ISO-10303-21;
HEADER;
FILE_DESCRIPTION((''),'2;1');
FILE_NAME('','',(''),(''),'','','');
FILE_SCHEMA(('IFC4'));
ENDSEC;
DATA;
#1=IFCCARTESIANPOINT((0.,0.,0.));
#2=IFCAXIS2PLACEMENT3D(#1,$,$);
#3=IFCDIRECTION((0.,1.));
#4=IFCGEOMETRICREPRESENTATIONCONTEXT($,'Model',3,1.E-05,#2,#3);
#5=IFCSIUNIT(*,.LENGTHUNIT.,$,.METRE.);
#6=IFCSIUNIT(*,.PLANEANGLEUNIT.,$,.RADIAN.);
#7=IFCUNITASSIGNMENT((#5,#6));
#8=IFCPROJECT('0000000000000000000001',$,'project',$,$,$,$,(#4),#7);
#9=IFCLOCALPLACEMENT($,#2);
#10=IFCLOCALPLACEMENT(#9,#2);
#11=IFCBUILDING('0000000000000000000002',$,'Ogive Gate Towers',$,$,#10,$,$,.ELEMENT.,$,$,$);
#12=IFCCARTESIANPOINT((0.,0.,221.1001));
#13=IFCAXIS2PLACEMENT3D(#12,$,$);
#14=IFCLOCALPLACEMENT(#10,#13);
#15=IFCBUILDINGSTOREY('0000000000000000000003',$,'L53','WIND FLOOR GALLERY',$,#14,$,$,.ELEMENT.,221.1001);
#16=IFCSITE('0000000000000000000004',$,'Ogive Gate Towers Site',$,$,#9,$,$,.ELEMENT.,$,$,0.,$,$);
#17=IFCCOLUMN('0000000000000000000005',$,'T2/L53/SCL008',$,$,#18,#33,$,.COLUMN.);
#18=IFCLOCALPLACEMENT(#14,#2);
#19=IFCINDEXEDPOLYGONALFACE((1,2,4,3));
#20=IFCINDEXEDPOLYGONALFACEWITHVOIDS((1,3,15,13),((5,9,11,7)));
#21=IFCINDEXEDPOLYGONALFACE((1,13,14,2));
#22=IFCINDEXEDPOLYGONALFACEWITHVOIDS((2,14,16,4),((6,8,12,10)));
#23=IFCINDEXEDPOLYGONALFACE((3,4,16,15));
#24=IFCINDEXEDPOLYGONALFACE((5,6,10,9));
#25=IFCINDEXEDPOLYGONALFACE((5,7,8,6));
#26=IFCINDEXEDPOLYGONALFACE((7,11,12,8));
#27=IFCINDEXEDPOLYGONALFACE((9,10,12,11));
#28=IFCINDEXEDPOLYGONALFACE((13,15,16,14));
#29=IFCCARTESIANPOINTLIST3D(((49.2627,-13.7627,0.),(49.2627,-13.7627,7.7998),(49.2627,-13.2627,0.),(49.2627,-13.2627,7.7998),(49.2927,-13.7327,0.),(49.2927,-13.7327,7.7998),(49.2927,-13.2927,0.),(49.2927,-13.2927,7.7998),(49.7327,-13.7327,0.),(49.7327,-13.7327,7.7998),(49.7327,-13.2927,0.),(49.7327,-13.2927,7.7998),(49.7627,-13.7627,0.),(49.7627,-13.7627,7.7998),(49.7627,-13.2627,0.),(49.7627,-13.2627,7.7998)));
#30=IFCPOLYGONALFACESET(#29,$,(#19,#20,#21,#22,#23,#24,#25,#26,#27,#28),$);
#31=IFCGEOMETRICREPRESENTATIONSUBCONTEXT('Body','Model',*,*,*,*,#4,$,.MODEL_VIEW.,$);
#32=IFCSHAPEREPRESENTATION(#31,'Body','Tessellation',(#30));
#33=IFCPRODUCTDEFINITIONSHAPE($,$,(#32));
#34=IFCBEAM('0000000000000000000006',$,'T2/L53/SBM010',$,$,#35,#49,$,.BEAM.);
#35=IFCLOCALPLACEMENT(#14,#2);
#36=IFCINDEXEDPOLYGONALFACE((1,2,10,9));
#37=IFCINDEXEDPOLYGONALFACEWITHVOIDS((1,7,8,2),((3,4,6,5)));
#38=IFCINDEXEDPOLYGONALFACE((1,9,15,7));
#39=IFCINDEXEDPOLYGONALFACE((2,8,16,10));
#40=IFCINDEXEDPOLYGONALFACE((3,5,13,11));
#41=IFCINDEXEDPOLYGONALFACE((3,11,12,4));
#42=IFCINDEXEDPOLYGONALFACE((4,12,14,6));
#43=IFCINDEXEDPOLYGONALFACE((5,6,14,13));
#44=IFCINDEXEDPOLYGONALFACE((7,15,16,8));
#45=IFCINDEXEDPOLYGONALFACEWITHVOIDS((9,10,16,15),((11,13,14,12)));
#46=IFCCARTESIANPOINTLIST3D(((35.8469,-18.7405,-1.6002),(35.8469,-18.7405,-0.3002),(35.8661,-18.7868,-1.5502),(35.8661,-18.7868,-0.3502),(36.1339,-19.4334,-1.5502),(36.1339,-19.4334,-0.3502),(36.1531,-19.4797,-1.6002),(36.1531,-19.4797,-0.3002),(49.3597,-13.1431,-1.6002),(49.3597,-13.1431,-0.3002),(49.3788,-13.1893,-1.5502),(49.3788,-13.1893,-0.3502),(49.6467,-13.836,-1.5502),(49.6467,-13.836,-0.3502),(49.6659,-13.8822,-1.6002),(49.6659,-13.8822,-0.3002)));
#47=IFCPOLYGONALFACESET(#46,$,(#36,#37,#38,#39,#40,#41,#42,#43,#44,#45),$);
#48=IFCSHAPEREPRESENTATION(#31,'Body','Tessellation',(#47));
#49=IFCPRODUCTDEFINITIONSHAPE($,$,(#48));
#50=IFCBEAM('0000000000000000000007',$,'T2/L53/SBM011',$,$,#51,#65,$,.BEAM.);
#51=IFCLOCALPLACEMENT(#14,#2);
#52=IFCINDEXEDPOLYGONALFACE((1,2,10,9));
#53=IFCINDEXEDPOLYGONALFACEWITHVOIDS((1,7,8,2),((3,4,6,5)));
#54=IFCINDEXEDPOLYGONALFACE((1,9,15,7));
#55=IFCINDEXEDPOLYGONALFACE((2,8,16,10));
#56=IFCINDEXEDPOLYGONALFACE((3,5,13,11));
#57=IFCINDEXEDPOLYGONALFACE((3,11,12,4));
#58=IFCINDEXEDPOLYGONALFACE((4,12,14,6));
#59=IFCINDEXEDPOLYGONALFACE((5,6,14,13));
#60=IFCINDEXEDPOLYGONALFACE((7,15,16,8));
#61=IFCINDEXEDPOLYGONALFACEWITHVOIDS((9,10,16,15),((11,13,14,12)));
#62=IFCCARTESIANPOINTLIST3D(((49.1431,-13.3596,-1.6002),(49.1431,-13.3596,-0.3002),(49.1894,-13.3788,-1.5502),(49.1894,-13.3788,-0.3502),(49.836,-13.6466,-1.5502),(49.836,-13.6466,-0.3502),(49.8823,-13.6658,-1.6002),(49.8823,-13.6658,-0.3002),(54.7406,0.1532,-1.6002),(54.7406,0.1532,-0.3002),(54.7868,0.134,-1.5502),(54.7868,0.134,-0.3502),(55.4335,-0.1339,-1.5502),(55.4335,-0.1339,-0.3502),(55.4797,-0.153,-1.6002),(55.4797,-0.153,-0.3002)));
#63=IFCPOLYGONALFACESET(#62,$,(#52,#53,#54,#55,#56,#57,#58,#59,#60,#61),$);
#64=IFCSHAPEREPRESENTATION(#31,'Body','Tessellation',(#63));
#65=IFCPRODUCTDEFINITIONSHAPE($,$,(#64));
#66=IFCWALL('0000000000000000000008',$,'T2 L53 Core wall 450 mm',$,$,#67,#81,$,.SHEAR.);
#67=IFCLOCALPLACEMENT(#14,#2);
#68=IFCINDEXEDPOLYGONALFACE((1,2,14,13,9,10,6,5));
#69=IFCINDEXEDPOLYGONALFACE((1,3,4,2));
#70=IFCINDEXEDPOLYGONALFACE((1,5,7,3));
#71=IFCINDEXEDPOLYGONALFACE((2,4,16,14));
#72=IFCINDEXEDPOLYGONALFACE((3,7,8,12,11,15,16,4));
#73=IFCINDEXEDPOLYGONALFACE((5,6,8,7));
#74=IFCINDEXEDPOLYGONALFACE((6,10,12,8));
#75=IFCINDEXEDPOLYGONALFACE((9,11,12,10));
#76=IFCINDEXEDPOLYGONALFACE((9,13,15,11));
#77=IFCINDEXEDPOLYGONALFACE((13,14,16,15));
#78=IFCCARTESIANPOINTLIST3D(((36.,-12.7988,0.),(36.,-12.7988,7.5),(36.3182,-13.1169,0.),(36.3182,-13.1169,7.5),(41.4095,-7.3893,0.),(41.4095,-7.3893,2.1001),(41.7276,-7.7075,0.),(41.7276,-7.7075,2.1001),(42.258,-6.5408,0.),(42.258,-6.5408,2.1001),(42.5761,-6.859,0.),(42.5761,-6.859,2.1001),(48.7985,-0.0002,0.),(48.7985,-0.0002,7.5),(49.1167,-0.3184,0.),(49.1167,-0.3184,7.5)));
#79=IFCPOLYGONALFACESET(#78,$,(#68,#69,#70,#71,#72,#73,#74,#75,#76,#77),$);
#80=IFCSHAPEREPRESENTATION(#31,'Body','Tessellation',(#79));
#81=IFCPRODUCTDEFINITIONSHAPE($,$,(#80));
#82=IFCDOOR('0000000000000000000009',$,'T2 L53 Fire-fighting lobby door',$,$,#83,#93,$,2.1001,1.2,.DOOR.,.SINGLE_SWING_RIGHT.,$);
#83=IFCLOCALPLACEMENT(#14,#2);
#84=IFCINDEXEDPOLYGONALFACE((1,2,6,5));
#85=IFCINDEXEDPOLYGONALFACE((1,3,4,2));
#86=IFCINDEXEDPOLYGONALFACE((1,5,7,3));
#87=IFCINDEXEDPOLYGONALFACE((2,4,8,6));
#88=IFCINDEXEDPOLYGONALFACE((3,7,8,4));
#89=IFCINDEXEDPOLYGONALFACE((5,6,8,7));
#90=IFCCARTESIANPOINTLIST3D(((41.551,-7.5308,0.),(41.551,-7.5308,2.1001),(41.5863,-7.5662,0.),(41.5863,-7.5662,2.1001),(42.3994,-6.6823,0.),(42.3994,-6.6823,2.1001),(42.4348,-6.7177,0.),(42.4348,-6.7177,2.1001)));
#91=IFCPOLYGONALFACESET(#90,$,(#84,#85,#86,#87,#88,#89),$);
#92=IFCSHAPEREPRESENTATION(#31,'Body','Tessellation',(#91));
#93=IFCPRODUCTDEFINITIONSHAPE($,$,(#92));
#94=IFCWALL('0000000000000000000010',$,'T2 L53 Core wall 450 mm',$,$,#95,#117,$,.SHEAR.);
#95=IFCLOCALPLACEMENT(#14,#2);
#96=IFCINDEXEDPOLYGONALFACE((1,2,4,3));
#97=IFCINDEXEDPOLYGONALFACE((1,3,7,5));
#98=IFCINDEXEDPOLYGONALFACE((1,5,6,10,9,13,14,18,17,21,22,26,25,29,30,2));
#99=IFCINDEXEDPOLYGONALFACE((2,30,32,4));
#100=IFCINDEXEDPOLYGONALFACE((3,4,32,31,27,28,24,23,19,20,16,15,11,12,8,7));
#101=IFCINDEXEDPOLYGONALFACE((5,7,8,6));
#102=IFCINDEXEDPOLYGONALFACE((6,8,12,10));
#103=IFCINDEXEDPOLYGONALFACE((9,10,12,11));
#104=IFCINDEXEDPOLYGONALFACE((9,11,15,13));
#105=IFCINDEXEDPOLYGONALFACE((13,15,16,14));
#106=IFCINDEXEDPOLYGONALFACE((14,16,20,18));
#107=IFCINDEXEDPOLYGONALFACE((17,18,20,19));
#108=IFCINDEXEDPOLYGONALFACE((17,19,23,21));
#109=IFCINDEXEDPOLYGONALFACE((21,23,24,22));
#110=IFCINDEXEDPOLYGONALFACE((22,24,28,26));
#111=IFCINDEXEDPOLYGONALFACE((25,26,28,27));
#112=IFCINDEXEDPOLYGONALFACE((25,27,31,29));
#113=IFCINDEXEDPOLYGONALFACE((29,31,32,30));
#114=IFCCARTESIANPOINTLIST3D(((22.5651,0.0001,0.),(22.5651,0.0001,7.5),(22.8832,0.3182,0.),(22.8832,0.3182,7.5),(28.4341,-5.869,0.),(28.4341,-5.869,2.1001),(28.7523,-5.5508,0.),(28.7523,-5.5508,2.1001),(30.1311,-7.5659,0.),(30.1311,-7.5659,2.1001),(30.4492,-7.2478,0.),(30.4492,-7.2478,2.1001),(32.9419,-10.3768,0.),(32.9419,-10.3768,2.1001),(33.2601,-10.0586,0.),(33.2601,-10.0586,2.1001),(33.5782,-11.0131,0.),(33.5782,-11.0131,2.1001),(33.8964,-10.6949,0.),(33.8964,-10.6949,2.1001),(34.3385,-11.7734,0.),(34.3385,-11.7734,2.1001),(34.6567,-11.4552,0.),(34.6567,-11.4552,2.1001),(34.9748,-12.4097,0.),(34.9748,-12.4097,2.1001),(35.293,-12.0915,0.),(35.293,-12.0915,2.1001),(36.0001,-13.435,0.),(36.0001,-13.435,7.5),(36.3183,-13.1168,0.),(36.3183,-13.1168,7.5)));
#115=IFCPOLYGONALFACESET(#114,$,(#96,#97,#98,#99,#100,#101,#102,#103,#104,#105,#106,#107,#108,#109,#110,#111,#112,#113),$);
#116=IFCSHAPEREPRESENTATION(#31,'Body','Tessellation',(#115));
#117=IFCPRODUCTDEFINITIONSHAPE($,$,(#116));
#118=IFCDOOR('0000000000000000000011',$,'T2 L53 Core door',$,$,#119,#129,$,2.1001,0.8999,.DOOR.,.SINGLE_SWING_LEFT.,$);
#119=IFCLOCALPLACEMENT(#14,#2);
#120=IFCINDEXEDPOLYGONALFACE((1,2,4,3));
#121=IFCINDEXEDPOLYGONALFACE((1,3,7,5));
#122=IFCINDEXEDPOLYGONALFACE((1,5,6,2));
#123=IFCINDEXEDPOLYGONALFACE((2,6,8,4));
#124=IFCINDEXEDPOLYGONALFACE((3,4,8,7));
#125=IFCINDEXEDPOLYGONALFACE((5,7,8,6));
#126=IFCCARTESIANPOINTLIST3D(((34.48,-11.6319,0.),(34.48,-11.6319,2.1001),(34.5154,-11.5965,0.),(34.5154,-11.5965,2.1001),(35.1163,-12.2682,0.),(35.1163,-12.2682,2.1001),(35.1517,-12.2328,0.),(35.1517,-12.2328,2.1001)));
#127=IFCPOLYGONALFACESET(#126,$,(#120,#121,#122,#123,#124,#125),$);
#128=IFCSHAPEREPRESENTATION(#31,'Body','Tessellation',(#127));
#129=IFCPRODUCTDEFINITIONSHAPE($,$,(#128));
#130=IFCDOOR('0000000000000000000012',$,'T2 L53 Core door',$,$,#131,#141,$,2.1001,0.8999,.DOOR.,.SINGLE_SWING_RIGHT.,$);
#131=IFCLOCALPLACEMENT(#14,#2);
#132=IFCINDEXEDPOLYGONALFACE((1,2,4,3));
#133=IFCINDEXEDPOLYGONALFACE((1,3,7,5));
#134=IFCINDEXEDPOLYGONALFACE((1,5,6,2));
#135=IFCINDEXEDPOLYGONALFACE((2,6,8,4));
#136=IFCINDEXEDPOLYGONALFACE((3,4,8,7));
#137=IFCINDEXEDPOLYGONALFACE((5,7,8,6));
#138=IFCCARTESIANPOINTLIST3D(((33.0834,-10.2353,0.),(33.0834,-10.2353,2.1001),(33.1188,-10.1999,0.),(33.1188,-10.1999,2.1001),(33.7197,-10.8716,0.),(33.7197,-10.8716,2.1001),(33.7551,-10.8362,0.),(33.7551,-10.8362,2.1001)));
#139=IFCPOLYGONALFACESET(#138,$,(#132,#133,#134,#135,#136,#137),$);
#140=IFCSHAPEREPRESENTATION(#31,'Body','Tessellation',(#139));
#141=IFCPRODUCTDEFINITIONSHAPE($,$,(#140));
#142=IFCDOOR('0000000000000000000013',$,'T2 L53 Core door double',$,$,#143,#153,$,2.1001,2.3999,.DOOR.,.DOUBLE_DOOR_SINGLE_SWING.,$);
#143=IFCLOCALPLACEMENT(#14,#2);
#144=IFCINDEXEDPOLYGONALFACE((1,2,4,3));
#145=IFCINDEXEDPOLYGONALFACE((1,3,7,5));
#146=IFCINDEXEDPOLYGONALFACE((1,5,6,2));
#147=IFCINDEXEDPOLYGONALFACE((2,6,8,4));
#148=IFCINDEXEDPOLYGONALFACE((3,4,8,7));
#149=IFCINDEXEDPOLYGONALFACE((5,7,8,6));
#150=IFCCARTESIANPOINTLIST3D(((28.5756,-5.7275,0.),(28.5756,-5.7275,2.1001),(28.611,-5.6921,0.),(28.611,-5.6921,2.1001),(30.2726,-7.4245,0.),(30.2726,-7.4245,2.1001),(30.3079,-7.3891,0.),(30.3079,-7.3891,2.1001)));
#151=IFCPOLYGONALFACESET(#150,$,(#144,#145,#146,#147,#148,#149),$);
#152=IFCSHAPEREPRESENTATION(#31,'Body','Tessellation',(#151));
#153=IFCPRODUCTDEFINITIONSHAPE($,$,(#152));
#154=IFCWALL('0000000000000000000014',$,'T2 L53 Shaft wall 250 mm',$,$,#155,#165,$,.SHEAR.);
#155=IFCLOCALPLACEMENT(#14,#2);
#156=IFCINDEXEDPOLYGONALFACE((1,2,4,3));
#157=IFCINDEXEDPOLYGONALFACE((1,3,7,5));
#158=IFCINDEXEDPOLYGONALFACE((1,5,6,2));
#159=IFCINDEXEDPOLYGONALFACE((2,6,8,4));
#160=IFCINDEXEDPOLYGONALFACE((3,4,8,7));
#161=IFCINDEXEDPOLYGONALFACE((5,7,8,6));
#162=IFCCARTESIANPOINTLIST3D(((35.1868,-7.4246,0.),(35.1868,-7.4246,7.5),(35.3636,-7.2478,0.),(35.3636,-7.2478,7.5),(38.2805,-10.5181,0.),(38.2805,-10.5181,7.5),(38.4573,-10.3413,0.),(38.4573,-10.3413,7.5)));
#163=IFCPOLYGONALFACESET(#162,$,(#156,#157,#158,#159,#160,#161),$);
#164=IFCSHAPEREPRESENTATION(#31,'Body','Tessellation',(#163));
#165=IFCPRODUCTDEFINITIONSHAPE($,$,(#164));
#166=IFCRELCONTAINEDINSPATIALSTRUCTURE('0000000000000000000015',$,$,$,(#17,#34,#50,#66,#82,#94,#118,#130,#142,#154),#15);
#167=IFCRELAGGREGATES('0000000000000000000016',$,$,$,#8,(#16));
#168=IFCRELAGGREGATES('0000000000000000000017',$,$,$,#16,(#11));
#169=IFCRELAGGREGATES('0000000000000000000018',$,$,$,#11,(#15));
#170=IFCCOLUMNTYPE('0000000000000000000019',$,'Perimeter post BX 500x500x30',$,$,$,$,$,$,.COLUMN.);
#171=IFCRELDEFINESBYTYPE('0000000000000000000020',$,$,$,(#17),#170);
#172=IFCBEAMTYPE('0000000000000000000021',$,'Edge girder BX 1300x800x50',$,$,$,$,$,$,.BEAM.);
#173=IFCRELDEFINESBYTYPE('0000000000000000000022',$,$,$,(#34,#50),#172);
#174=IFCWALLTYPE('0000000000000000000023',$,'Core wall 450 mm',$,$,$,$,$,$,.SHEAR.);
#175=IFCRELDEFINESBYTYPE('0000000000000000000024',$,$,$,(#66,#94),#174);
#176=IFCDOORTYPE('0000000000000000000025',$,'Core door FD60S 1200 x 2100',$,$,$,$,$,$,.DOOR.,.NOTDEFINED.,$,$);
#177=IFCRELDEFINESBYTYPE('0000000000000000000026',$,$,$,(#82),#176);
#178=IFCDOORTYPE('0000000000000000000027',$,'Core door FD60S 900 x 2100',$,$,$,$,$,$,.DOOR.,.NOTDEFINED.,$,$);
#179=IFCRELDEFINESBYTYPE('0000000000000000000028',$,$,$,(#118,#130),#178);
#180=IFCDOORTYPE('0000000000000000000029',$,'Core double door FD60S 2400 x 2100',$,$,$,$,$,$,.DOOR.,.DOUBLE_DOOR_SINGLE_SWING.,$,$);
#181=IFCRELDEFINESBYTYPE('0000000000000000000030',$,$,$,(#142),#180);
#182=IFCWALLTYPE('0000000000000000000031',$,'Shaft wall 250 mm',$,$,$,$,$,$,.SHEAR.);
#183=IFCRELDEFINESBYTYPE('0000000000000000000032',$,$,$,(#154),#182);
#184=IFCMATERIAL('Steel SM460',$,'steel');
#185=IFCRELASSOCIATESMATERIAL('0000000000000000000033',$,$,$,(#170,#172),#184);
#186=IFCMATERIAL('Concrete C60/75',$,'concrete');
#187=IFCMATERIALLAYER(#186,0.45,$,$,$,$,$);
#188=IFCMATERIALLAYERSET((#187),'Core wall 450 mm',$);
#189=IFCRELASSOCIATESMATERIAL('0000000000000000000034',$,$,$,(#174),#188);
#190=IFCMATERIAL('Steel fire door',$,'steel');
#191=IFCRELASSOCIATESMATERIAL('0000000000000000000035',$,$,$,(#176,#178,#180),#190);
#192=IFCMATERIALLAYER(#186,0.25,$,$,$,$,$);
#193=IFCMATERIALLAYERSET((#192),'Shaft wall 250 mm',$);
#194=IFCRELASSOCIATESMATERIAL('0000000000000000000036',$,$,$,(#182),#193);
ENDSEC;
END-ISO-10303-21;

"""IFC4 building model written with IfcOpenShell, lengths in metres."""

from ifc_helpers import new_model, si_unit, direction, frame, frame_2d, origin, origin_2d, place, context, subcontext, project, spatial, rectangle, hollow_rectangle, extrude, material, layer, layer_set, material_profile, profile_set, type_object, element, fill, save


model = new_model("IFC4")

# Units and contexts
model_context = context("Model", 3, precision=1e-05, world=origin(), true_north=direction((0.0, 1.0)))
body_context = subcontext(model_context, "Body", "Model", "MODEL_VIEW")
ifc_project = project(units=[si_unit("LENGTHUNIT", "METRE"), si_unit("PLANEANGLEUNIT", "RADIAN")], contexts=[model_context])

# Site, building, storey
site_placement = place(None, origin())
site = spatial("IfcSite", under=ifc_project, at=site_placement, Name="Ogive Gate Towers Site", CompositionType="ELEMENT", RefElevation=0.0)
building_placement = place(site_placement, origin())
building = spatial("IfcBuilding", under=site, at=building_placement, Name="Ogive Gate Towers", CompositionType="ELEMENT")
storey_placement = place(building_placement, frame((0.0, 0.0, 221.1001)))
storey = spatial("IfcBuildingStorey", under=building, at=storey_placement, Name="L53", Description="WIND FLOOR GALLERY", CompositionType="ELEMENT", Elevation=221.1001)

# Column
ifc_material_1 = material(Name="Steel SM460", Category="steel")
ifc_material_profile_1 = material_profile(ifc_material_1, hollow_rectangle(XDim=0.5, YDim=0.5, WallThickness=0.03, at=origin_2d()), Name="BX 500x500x30")
ifc_profile_set_1 = profile_set([ifc_material_profile_1], Name="Steel SM460")
column_type = type_object("IfcColumnType", Name="Perimeter post BX 500x500x30", PredefinedType="COLUMN", material=ifc_profile_set_1)
column_placement = place(storey_placement, frame((49.5127, -13.5127, 0.0), z_axis=(0.0, 0.0, 1.0), x_axis=(1.0, 0.0, 0.0)))
element("IfcColumn", 1, at=column_placement, inside=storey, type_object=column_type, Name="T2/L53/SCL008", PredefinedType="COLUMN", context=body_context, shape_type="SweptSolid", body=[
    extrude(hollow_rectangle(XDim=0.5, YDim=0.5, WallThickness=0.03, at=origin_2d()), origin(), (0.0, 0.0, 1.0), 7.7998),
])

# Beams
ifc_material_profile_2 = material_profile(ifc_material_1, hollow_rectangle(XDim=0.8, YDim=1.3, WallThickness=0.05, at=origin_2d()), Name="BX 1300x800x50")
ifc_profile_set_2 = profile_set([ifc_material_profile_2], Name="Steel SM460")
beam_type = type_object("IfcBeamType", Name="Edge girder BX 1300x800x50", PredefinedType="BEAM", material=ifc_profile_set_2)
for number, where, z_axis, x_axis, name in (
    (2, (36.0, -19.1101, -0.9502), (0.923873, 0.382699, 0.0), (-0.382699, 0.923873, 0.0), "T2/L53/SBM010"),
    (3, (49.5127, -13.5127, -0.9502), (0.382699, 0.923873, 0.0), (-0.923873, 0.382699, 0.0), "T2/L53/SBM011"),
):
    element("IfcBeam", number, at=place(storey_placement, frame(where, z_axis=z_axis, x_axis=x_axis)), inside=storey, type_object=beam_type, Name=name, PredefinedType="BEAM", context=body_context, shape_type="SweptSolid", body=[
        extrude(hollow_rectangle(XDim=0.8, YDim=1.3, WallThickness=0.05, at=origin_2d()), origin(), (0.0, 0.0, 1.0), 14.6262),
    ])

# Wall, opening, door
ifc_material_2 = material(Name="Concrete C60/75", Category="concrete")
ifc_layer_1 = layer(ifc_material_2, 0.45)
ifc_layer_set_1 = layer_set([ifc_layer_1], Name="Core wall 450 mm")
wall_type_1 = type_object("IfcWallType", Name="Core wall 450 mm", PredefinedType="SHEAR", material=ifc_layer_set_1)
wall_1_placement = place(storey_placement, frame((36.1592, -12.9578, 0.0), z_axis=(0.0, 0.0, 1.0), x_axis=(0.707107, 0.707107, 0.0)))
wall_1 = element("IfcWall", 4, at=wall_1_placement, inside=storey, type_object=wall_type_1, Name="T2 L53 Core wall 450 mm", PredefinedType="SHEAR", context=body_context, shape_type="SweptSolid", body=[
    extrude(rectangle(XDim=18.0999, YDim=0.45, at=frame_2d((9.0498, 0.0))), origin(), (0.0, 0.0, 1.0), 7.5),
])
opening_1_placement = place(wall_1_placement, frame((7.6499, 0.0, 0.0)))
opening_1 = element("IfcOpeningElement", 5, at=opening_1_placement, cuts=wall_1, PredefinedType="OPENING", context=body_context, shape_type="SweptSolid", body=[
    extrude(rectangle(XDim=1.2, YDim=2.1001, at=frame_2d((0.6001, 1.05))), frame((0.0, 0.2349, 0.0), z_axis=(0.0, -1.0, 0.0), x_axis=(1.0, 0.0, 0.0)), (0.0, 0.0, 1.0), 0.47),
])
ifc_material_3 = material(Name="Steel fire door", Category="steel")
door_type_1 = type_object("IfcDoorType", Name="Core door FD60S 1200 x 2100", OperationType="NOTDEFINED", PredefinedType="DOOR", material=ifc_material_3)
door_1_placement = place(opening_1_placement, origin())
door_1 = element("IfcDoor", 6, at=door_1_placement, inside=storey, type_object=door_type_1, Name="T2 L53 Fire-fighting lobby door", OperationType="SINGLE_SWING_RIGHT", OverallHeight=2.1001, OverallWidth=1.2, PredefinedType="DOOR", context=body_context, shape_type="SweptSolid", body=[
    extrude(rectangle(XDim=1.2, YDim=2.1001, at=frame_2d((0.6001, 1.05))), frame((0.0, 0.0249, 0.0), z_axis=(0.0, -1.0, 0.0), x_axis=(1.0, 0.0, 0.0)), (0.0, 0.0, 1.0), 0.05),
])
fill(opening_1, door_1)

# Wall, openings, doors
wall_2_placement = place(storey_placement, frame((36.1592, -13.2759, 0.0), z_axis=(0.0, 0.0, 1.0), x_axis=(-0.707107, 0.707107, 0.0)))
wall_2 = element("IfcWall", 7, at=wall_2_placement, inside=storey, type_object=wall_type_1, Name="T2 L53 Core wall 450 mm", PredefinedType="SHEAR", context=body_context, shape_type="SweptSolid", body=[
    extrude(rectangle(XDim=19.0, YDim=0.45, at=frame_2d((9.5, 0.0))), origin(), (0.0, 0.0, 1.0), 7.5),
])
opening_2_placement = place(wall_2_placement, frame((8.3, 0.0, 0.0)))
opening_2 = element("IfcOpeningElement", 8, at=opening_2_placement, cuts=wall_2, PredefinedType="OPENING", context=body_context, shape_type="SweptSolid", body=[
    extrude(rectangle(XDim=2.3999, YDim=2.1001, at=frame_2d((1.2, 1.05))), frame((0.0, 0.2349, 0.0), z_axis=(0.0, -1.0, 0.0), x_axis=(1.0, 0.0, 0.0)), (0.0, 0.0, 1.0), 0.47),
])
opening_3_placement = place(wall_2_placement, frame((1.45, 0.0, 0.0)))
opening_3 = element("IfcOpeningElement", 9, at=opening_3_placement, cuts=wall_2, PredefinedType="OPENING", context=body_context, shape_type="SweptSolid", body=[
    extrude(rectangle(XDim=0.8999, YDim=2.1001, at=frame_2d((0.45, 1.05))), frame((0.0, 0.2349, 0.0), z_axis=(0.0, -1.0, 0.0), x_axis=(1.0, 0.0, 0.0)), (0.0, 0.0, 1.0), 0.47),
])
opening_4_placement = place(wall_2_placement, frame((3.425, 0.0, 0.0)))
opening_4 = element("IfcOpeningElement", 10, at=opening_4_placement, cuts=wall_2, PredefinedType="OPENING", context=body_context, shape_type="SweptSolid", body=[
    extrude(rectangle(XDim=0.8999, YDim=2.1001, at=frame_2d((0.45, 1.05))), frame((0.0, 0.2349, 0.0), z_axis=(0.0, -1.0, 0.0), x_axis=(1.0, 0.0, 0.0)), (0.0, 0.0, 1.0), 0.47),
])
door_type_2 = type_object("IfcDoorType", Name="Core door FD60S 900 x 2100", OperationType="NOTDEFINED", PredefinedType="DOOR", material=ifc_material_3)
door_2_placement = place(opening_3_placement, origin())
door_2 = element("IfcDoor", 11, at=door_2_placement, inside=storey, type_object=door_type_2, Name="T2 L53 Core door", OperationType="SINGLE_SWING_LEFT", OverallHeight=2.1001, OverallWidth=0.8999, PredefinedType="DOOR", context=body_context, shape_type="SweptSolid", body=[
    extrude(rectangle(XDim=0.8999, YDim=2.1001, at=frame_2d((0.45, 1.05))), frame((0.0, 0.0249, 0.0), z_axis=(0.0, -1.0, 0.0), x_axis=(1.0, 0.0, 0.0)), (0.0, 0.0, 1.0), 0.05),
])
fill(opening_3, door_2)
door_3_placement = place(opening_4_placement, origin())
door_3 = element("IfcDoor", 12, at=door_3_placement, inside=storey, type_object=door_type_2, Name="T2 L53 Core door", OperationType="SINGLE_SWING_RIGHT", OverallHeight=2.1001, OverallWidth=0.8999, PredefinedType="DOOR", context=body_context, shape_type="SweptSolid", body=[
    extrude(rectangle(XDim=0.8999, YDim=2.1001, at=frame_2d((0.45, 1.05))), frame((0.0, 0.0249, 0.0), z_axis=(0.0, -1.0, 0.0), x_axis=(1.0, 0.0, 0.0)), (0.0, 0.0, 1.0), 0.05),
])
fill(opening_4, door_3)
door_type_3 = type_object("IfcDoorType", Name="Core double door FD60S 2400 x 2100", OperationType="DOUBLE_DOOR_SINGLE_SWING", PredefinedType="DOOR", material=ifc_material_3)
door_4_placement = place(opening_2_placement, origin())
door_4 = element("IfcDoor", 13, at=door_4_placement, inside=storey, type_object=door_type_3, Name="T2 L53 Core door double", OperationType="DOUBLE_DOOR_SINGLE_SWING", OverallHeight=2.1001, OverallWidth=2.3999, PredefinedType="DOOR", context=body_context, shape_type="SweptSolid", body=[
    extrude(rectangle(XDim=2.3999, YDim=2.1001, at=frame_2d((1.2, 1.05))), frame((0.0, 0.0249, 0.0), z_axis=(0.0, -1.0, 0.0), x_axis=(1.0, 0.0, 0.0)), (0.0, 0.0, 1.0), 0.05),
])
fill(opening_2, door_4)

# Wall
ifc_layer_2 = layer(ifc_material_2, 0.25)
ifc_layer_set_2 = layer_set([ifc_layer_2], Name="Shaft wall 250 mm")
wall_type_2 = type_object("IfcWallType", Name="Shaft wall 250 mm", PredefinedType="SHEAR", material=ifc_layer_set_2)
wall_3_placement = place(storey_placement, frame((38.3689, -10.4297, 0.0), z_axis=(0.0, 0.0, 1.0), x_axis=(-0.707135, 0.707079, 0.0)))
element("IfcWall", 14, at=wall_3_placement, inside=storey, type_object=wall_type_2, Name="T2 L53 Shaft wall 250 mm", PredefinedType="SHEAR", context=body_context, shape_type="SweptSolid", body=[
    extrude(rectangle(XDim=4.375, YDim=0.25, at=frame_2d((2.1875, 0.0))), origin(), (0.0, 0.0, 1.0), 7.5),
])

save(model, "model.ifc")
